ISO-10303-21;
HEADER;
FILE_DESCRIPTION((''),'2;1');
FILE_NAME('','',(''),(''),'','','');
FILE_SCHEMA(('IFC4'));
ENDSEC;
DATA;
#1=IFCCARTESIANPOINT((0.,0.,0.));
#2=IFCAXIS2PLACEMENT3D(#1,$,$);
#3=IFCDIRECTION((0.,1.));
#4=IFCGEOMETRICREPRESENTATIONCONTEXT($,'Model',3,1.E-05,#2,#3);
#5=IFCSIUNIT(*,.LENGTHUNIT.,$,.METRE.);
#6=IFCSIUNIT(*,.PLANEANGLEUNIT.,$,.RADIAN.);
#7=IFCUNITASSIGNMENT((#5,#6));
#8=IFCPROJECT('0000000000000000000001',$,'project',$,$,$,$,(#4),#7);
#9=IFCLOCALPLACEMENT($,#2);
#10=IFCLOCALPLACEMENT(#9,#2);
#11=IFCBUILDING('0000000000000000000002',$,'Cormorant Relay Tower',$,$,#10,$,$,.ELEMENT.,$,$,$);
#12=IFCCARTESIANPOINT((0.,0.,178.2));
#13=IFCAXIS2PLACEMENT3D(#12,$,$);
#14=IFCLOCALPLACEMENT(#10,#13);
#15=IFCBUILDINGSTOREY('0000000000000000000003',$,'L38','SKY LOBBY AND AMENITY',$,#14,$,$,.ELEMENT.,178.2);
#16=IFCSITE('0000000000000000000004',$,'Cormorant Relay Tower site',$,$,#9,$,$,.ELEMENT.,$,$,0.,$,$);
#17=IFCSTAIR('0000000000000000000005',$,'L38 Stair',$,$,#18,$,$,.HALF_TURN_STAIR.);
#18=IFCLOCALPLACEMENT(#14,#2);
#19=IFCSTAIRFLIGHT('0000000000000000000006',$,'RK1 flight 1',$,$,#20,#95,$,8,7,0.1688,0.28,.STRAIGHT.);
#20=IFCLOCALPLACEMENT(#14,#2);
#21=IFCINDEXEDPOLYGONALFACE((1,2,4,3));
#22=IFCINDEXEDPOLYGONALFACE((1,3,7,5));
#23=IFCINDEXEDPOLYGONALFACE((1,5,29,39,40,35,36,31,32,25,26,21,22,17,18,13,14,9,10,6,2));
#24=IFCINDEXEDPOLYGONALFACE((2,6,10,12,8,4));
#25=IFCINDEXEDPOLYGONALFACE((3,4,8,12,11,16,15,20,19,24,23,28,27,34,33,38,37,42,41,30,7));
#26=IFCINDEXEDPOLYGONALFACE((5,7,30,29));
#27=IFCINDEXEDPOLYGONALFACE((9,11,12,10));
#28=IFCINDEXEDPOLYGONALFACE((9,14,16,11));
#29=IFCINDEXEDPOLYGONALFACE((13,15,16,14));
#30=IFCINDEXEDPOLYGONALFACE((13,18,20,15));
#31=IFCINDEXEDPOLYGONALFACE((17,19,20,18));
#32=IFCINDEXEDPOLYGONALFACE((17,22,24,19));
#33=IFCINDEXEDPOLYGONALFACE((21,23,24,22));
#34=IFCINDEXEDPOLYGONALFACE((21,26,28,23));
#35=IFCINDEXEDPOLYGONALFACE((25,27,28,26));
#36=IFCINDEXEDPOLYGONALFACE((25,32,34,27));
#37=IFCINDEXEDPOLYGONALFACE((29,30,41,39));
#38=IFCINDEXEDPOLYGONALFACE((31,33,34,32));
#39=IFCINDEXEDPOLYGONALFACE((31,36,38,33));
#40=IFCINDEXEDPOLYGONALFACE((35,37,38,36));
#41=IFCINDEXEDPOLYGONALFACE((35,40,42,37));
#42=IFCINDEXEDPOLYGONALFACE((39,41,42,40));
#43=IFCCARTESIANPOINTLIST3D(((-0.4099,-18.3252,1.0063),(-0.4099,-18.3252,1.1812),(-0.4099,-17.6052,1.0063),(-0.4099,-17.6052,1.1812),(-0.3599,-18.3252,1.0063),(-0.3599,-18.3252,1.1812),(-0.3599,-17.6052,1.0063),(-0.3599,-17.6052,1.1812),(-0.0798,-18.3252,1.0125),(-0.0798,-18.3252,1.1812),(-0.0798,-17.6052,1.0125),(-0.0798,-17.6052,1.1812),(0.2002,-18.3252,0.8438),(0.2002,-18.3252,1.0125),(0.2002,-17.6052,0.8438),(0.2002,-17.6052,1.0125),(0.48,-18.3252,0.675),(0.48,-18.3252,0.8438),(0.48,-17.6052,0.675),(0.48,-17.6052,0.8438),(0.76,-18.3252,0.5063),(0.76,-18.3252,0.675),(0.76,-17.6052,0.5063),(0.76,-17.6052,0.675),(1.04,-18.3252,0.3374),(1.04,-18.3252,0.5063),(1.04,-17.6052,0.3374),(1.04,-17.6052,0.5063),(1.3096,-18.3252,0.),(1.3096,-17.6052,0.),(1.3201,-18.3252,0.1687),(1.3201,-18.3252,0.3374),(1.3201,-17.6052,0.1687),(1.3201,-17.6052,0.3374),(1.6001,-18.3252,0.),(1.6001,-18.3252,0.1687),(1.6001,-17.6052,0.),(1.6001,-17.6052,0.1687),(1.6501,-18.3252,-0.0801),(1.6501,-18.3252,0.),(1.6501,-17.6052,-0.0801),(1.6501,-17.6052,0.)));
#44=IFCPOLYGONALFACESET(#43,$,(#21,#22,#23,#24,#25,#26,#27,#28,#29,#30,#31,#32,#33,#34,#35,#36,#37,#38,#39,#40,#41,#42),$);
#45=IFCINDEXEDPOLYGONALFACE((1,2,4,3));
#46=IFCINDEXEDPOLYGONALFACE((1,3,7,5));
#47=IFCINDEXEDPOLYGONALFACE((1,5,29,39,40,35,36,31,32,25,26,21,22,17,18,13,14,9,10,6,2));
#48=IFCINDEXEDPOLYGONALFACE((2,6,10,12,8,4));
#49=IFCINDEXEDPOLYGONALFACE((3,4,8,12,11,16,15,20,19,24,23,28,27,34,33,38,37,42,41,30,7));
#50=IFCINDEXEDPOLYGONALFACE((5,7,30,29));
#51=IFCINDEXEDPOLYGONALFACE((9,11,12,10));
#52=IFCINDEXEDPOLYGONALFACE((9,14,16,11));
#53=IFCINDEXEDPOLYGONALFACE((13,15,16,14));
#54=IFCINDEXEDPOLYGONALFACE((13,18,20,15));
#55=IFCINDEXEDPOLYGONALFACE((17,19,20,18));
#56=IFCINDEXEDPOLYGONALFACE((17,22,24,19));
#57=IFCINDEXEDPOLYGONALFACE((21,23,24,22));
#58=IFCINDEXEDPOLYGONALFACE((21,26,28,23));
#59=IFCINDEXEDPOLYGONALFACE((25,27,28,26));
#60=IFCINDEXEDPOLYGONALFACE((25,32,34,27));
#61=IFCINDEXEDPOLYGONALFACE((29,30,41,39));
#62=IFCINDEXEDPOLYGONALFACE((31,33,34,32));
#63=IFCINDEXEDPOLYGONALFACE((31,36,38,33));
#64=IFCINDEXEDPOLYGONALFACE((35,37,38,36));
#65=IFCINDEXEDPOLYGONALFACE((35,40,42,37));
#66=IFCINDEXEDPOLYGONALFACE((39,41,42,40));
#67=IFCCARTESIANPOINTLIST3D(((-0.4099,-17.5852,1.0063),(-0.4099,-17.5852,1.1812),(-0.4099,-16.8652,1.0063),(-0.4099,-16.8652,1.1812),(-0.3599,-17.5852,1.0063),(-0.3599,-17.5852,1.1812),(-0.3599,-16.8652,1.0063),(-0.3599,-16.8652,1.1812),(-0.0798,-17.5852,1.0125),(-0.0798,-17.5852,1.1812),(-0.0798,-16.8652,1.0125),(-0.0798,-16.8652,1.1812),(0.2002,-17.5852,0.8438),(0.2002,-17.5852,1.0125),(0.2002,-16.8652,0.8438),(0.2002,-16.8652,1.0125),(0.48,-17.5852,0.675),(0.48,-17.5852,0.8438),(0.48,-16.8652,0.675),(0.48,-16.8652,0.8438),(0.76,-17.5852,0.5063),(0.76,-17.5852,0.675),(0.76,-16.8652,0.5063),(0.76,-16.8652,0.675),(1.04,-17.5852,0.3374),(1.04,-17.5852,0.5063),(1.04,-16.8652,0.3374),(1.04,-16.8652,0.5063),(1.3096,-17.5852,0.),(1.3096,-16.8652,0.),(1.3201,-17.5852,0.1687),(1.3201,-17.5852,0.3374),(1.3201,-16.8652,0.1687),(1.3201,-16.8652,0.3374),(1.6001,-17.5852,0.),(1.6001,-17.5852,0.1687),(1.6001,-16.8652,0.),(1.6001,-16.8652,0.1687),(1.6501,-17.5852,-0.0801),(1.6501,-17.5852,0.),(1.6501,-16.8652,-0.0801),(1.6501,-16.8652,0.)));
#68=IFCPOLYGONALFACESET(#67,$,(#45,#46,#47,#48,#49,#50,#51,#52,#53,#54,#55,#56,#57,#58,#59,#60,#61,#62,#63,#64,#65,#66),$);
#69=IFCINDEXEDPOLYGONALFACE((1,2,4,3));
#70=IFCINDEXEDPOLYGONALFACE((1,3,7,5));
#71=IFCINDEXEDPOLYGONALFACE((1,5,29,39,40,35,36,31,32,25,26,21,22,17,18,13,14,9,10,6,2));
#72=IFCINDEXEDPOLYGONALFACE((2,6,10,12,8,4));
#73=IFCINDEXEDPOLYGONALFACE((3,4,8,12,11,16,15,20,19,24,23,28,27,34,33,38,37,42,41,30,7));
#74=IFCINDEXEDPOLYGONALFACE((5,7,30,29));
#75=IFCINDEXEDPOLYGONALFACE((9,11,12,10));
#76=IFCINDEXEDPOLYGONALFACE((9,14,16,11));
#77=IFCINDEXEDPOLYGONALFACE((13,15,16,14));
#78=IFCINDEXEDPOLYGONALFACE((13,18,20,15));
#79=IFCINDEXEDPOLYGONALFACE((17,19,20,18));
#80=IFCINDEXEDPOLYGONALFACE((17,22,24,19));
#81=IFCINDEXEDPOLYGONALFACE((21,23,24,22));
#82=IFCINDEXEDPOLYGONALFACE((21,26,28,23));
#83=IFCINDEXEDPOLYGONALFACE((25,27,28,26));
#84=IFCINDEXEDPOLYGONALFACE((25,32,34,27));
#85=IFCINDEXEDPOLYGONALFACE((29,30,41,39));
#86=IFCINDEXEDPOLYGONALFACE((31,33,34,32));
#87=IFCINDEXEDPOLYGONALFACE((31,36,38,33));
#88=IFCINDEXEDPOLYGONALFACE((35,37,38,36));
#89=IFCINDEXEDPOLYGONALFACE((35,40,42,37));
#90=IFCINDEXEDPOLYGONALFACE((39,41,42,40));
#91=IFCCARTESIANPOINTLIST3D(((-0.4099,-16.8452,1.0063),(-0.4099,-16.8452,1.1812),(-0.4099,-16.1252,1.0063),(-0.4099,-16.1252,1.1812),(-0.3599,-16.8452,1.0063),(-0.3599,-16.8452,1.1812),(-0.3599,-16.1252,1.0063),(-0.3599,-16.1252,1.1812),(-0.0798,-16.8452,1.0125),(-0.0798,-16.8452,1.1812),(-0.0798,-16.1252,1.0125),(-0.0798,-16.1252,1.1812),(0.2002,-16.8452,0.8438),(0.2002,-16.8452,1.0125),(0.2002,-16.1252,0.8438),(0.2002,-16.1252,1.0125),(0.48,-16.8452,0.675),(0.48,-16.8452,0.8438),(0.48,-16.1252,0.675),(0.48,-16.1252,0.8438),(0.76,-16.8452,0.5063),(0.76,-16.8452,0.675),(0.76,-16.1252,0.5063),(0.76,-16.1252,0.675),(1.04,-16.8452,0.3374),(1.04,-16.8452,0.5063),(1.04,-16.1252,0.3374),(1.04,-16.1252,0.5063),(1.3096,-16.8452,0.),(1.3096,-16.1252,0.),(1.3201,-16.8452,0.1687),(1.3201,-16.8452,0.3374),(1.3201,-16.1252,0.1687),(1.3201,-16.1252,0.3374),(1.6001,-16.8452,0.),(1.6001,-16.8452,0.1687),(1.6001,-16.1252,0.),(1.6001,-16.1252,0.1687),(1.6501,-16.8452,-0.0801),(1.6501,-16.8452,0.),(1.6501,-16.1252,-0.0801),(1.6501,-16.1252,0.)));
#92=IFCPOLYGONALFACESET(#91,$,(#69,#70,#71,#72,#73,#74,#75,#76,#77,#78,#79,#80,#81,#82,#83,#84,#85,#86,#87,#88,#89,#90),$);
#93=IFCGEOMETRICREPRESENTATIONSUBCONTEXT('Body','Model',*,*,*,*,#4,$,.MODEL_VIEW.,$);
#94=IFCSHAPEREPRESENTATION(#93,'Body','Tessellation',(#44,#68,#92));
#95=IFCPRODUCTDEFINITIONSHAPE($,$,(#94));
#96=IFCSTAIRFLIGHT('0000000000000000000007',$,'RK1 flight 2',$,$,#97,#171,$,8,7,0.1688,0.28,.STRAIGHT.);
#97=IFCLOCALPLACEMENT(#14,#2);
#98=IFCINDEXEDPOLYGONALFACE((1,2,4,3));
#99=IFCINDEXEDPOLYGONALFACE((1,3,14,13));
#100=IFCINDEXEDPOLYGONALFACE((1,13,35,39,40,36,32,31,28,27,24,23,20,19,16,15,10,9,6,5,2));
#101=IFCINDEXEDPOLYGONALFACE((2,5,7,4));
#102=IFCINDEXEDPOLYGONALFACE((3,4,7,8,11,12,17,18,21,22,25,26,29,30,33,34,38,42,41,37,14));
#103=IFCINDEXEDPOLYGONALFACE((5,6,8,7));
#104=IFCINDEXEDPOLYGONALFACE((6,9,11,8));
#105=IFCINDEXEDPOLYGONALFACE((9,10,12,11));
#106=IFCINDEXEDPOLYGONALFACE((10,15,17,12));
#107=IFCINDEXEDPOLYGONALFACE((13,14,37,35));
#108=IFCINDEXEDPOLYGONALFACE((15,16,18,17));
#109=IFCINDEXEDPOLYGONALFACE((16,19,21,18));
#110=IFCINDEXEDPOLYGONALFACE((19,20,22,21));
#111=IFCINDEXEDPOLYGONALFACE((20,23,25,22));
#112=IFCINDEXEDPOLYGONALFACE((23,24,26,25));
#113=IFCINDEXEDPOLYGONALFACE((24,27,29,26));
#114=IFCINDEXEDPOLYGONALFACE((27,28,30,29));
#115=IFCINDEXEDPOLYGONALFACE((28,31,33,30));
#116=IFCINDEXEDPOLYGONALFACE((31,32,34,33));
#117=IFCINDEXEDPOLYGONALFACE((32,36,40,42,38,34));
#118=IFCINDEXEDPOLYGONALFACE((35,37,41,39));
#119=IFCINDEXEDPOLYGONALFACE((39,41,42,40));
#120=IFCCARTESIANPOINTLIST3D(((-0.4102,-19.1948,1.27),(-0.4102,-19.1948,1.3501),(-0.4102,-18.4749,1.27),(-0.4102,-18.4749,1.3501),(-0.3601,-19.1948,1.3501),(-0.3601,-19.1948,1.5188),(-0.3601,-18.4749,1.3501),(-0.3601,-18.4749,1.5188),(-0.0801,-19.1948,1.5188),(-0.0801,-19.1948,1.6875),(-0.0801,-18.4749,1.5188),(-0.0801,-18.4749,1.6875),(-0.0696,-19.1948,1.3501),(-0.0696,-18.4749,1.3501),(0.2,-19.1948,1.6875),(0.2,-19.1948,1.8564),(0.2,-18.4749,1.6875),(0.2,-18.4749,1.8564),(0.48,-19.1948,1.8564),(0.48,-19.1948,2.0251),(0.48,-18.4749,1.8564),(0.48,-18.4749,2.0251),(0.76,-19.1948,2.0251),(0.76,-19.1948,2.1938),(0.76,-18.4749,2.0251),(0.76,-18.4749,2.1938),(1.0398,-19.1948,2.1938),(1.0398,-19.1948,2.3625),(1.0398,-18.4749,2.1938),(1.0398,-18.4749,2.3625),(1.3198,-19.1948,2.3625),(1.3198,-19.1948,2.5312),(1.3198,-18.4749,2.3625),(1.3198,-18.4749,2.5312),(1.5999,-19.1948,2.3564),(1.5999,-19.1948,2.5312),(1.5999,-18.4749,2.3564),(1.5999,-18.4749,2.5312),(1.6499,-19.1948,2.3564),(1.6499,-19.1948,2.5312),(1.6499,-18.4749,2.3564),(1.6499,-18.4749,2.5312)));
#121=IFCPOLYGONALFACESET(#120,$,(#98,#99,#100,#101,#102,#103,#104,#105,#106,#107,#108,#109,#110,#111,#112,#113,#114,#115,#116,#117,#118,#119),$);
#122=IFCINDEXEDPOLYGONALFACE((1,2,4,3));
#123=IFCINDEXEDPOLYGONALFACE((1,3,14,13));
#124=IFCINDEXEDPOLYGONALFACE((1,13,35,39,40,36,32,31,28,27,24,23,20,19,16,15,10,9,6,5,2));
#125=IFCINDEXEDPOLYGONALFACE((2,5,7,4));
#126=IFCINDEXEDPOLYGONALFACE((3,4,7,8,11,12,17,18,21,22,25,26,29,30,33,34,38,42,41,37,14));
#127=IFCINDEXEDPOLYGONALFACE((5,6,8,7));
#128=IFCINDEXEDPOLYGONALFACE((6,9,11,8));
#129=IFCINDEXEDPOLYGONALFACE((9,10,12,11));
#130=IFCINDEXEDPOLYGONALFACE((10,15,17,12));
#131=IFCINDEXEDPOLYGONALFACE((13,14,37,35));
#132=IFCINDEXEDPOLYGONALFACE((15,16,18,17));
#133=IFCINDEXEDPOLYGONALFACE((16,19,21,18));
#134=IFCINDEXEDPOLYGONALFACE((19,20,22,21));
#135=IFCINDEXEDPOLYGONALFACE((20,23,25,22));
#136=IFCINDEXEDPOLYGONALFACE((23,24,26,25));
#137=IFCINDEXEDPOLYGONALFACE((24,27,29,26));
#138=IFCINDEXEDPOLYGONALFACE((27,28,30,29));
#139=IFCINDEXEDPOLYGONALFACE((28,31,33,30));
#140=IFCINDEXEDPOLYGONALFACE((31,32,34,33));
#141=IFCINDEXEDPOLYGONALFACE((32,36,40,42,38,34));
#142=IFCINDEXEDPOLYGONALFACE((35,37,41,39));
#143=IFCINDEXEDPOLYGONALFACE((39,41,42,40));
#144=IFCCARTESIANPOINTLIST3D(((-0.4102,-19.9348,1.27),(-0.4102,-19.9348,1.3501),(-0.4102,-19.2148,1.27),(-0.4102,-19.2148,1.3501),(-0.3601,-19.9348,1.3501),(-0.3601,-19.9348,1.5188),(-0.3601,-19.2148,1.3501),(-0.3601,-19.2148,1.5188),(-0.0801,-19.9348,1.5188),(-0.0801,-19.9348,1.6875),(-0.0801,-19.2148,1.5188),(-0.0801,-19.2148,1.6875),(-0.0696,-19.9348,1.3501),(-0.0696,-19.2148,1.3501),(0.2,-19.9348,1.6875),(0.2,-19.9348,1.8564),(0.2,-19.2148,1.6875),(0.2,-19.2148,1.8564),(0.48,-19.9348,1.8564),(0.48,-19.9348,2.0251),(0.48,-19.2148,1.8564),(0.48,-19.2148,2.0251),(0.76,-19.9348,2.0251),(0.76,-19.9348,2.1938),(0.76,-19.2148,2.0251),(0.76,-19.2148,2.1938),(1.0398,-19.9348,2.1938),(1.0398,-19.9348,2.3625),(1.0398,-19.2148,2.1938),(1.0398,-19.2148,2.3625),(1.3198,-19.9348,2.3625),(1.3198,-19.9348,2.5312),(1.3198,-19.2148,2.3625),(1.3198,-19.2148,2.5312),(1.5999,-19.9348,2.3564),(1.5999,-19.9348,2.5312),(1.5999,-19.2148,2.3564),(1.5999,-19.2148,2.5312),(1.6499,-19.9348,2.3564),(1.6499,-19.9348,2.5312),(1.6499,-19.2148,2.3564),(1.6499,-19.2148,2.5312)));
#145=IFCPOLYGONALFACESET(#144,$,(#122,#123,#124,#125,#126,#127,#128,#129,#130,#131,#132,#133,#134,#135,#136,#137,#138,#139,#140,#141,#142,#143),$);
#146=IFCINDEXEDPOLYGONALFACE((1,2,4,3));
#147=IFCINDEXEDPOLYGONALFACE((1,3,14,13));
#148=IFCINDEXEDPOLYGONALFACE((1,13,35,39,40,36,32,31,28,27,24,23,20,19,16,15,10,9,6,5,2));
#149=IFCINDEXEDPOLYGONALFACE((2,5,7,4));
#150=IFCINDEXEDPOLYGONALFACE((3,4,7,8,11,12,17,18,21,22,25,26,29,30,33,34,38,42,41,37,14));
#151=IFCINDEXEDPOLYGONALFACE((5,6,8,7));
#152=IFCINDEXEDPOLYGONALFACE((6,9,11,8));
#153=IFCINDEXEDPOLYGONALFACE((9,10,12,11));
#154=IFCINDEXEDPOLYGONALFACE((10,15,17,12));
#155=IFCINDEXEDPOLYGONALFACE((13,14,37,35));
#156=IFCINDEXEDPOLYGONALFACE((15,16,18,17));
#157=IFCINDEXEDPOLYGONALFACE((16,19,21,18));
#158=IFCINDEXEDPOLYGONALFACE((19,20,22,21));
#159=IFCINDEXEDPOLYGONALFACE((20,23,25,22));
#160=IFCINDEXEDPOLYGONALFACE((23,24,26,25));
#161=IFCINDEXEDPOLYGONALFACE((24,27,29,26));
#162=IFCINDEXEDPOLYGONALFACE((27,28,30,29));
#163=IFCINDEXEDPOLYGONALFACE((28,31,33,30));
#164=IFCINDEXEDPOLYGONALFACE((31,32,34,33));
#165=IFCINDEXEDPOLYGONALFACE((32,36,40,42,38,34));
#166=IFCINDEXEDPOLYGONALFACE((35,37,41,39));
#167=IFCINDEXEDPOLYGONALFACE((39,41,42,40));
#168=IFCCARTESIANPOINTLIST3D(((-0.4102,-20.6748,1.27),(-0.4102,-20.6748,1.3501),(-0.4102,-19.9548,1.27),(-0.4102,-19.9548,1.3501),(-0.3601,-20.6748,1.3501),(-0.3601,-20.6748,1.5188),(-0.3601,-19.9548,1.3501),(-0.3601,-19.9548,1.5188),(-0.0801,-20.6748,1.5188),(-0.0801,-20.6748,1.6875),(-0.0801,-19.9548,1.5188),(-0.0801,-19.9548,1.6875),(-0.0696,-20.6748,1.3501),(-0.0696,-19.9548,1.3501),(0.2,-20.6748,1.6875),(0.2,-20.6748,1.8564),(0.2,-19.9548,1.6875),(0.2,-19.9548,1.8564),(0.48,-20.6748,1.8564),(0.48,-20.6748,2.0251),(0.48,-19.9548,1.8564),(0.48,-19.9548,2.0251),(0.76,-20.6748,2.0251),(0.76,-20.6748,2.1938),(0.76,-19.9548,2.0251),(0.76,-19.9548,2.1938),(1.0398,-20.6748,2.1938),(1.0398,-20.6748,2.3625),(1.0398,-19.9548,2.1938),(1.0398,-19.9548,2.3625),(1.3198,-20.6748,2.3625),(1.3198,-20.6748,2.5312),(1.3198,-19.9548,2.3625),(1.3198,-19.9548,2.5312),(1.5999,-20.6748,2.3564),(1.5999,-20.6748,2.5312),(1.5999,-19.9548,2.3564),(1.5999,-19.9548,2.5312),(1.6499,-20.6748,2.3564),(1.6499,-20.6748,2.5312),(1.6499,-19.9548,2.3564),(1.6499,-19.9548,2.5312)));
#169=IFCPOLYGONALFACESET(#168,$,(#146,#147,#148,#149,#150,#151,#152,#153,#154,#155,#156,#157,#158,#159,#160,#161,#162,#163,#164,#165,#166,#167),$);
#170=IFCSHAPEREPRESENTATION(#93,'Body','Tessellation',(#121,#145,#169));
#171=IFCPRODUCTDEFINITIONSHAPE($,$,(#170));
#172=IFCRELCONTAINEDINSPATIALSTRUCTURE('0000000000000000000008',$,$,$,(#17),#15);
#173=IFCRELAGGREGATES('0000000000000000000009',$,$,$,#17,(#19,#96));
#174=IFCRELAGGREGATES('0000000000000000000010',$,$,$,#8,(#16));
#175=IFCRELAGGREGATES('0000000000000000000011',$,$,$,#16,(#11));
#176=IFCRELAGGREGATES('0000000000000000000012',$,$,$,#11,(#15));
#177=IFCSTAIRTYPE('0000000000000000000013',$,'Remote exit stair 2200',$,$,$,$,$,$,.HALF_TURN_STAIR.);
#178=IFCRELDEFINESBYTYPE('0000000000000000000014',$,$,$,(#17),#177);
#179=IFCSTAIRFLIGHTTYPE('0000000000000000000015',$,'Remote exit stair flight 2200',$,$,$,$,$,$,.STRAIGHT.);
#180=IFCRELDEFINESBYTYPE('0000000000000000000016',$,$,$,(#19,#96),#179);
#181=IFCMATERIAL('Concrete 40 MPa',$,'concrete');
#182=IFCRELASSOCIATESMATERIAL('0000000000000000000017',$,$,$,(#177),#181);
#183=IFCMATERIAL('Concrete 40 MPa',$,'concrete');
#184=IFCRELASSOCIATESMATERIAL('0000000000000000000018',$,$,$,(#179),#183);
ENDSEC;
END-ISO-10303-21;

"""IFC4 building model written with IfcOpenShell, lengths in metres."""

from ifc_helpers import new_model, si_unit, direction, frame, origin, place, context, subcontext, project, spatial, polyline, outline, extrude, material, type_object, element, aggregate, save


model = new_model("IFC4")

# Units and contexts
model_context = context("Model", 3, precision=1e-05, world=origin(), true_north=direction((0.0, 1.0)))
body_context = subcontext(model_context, "Body", "Model", "MODEL_VIEW")
ifc_project = project(units=[si_unit("LENGTHUNIT", "METRE"), si_unit("PLANEANGLEUNIT", "RADIAN")], contexts=[model_context])

# Site, building, storey
site_placement = place(None, origin())
site = spatial("IfcSite", under=ifc_project, at=site_placement, Name="Cormorant Relay Tower site", CompositionType="ELEMENT", RefElevation=0.0)
building_placement = place(site_placement, origin())
building = spatial("IfcBuilding", under=site, at=building_placement, Name="Cormorant Relay Tower", CompositionType="ELEMENT")
storey_placement = place(building_placement, frame((0.0, 0.0, 178.2)))
storey = spatial("IfcBuildingStorey", under=building, at=storey_placement, Name="L38", Description="SKY LOBBY AND AMENITY", CompositionType="ELEMENT", Elevation=178.2)

# Stair, stair flights
ifc_material_1 = material(Name="Concrete 40 MPa", Category="concrete")
stair_type = type_object("IfcStairType", Name="Remote exit stair 2200", PredefinedType="HALF_TURN_STAIR", material=ifc_material_1)
stair_placement = place(storey_placement, origin())
stair = element("IfcStair", 1, at=stair_placement, inside=storey, type_object=stair_type, Name="L38 Stair", PredefinedType="HALF_TURN_STAIR")
ifc_material_2 = material(Name="Concrete 40 MPa", Category="concrete")
stair_flight_type = type_object("IfcStairFlightType", Name="Remote exit stair flight 2200", PredefinedType="STRAIGHT", material=ifc_material_2)
stair_flight_1_placement = place(storey_placement, frame((1.6001, -17.2251, 0.0), z_axis=(0.0, 0.0, 1.0), x_axis=(-1.0, 0.0, 0.0)))
stair_flight_1 = element("IfcStairFlight", 2, at=stair_flight_1_placement, type_object=stair_flight_type, Name="RK1 flight 1", NumberOfRisers=8, NumberOfTreads=7, PredefinedType="STRAIGHT", RiserHeight=0.1688, TreadLength=0.28, context=body_context, shape_type="SweptSolid", body=[
    extrude(outline(polyline([(-0.05, -0.0801), (-0.05, 0.0), (0.0, 0.0), (0.0, 0.1687), (0.28, 0.1687), (0.28, 0.3374), (0.5601, 0.3374), (0.5601, 0.5063), (0.8401, 0.5063), (0.8401, 0.675), (1.1201, 0.675), (1.1201, 0.8438), (1.3999, 0.8438), (1.3999, 1.0125), (1.6799, 1.0125), (1.6799, 1.1812), (1.96, 1.1812), (2.01, 1.1812), (2.01, 1.0063), (1.96, 1.0063), (0.2905, 0.0), (-0.05, -0.0801)])), frame((0.0, 1.1001, 0.0), z_axis=(0.0, -1.0, 0.0), x_axis=(1.0, 0.0, 0.0)), (0.0, 0.0, 1.0), 0.72),
    extrude(outline(polyline([(-0.05, -0.0801), (-0.05, 0.0), (0.0, 0.0), (0.0, 0.1687), (0.28, 0.1687), (0.28, 0.3374), (0.5601, 0.3374), (0.5601, 0.5063), (0.8401, 0.5063), (0.8401, 0.675), (1.1201, 0.675), (1.1201, 0.8438), (1.3999, 0.8438), (1.3999, 1.0125), (1.6799, 1.0125), (1.6799, 1.1812), (1.96, 1.1812), (2.01, 1.1812), (2.01, 1.0063), (1.96, 1.0063), (0.2905, 0.0), (-0.05, -0.0801)])), frame((0.0, 0.3601, 0.0), z_axis=(0.0, -1.0, 0.0), x_axis=(1.0, 0.0, 0.0)), (0.0, 0.0, 1.0), 0.72),
    extrude(outline(polyline([(-0.05, -0.0801), (-0.05, 0.0), (0.0, 0.0), (0.0, 0.1687), (0.28, 0.1687), (0.28, 0.3374), (0.5601, 0.3374), (0.5601, 0.5063), (0.8401, 0.5063), (0.8401, 0.675), (1.1201, 0.675), (1.1201, 0.8438), (1.3999, 0.8438), (1.3999, 1.0125), (1.6799, 1.0125), (1.6799, 1.1812), (1.96, 1.1812), (2.01, 1.1812), (2.01, 1.0063), (1.96, 1.0063), (0.2905, 0.0), (-0.05, -0.0801)])), frame((0.0, -0.3799, 0.0), z_axis=(0.0, -1.0, 0.0), x_axis=(1.0, 0.0, 0.0)), (0.0, 0.0, 1.0), 0.72),
])
stair_flight_2_placement = place(storey_placement, frame((-0.3601, -19.575, 1.3501), z_axis=(0.0, 0.0, 1.0), x_axis=(1.0, 0.0, 0.0)))
stair_flight_2 = element("IfcStairFlight", 3, at=stair_flight_2_placement, type_object=stair_flight_type, Name="RK1 flight 2", NumberOfRisers=8, NumberOfTreads=7, PredefinedType="STRAIGHT", RiserHeight=0.1688, TreadLength=0.28, context=body_context, shape_type="SweptSolid", body=[
    extrude(outline(polyline([(-0.05, -0.0801), (-0.05, 0.0), (0.0, 0.0), (0.0, 0.1687), (0.28, 0.1687), (0.28, 0.3374), (0.5601, 0.3374), (0.5601, 0.5063), (0.8401, 0.5063), (0.8401, 0.675), (1.1201, 0.675), (1.1201, 0.8438), (1.3999, 0.8438), (1.3999, 1.0125), (1.6799, 1.0125), (1.6799, 1.1812), (1.96, 1.1812), (2.01, 1.1812), (2.01, 1.0063), (1.96, 1.0063), (0.2905, 0.0), (-0.05, -0.0801)])), frame((0.0, 1.1001, 0.0), z_axis=(0.0, -1.0, 0.0), x_axis=(1.0, 0.0, 0.0)), (0.0, 0.0, 1.0), 0.72),
    extrude(outline(polyline([(-0.05, -0.0801), (-0.05, 0.0), (0.0, 0.0), (0.0, 0.1687), (0.28, 0.1687), (0.28, 0.3374), (0.5601, 0.3374), (0.5601, 0.5063), (0.8401, 0.5063), (0.8401, 0.675), (1.1201, 0.675), (1.1201, 0.8438), (1.3999, 0.8438), (1.3999, 1.0125), (1.6799, 1.0125), (1.6799, 1.1812), (1.96, 1.1812), (2.01, 1.1812), (2.01, 1.0063), (1.96, 1.0063), (0.2905, 0.0), (-0.05, -0.0801)])), frame((0.0, 0.3601, 0.0), z_axis=(0.0, -1.0, 0.0), x_axis=(1.0, 0.0, 0.0)), (0.0, 0.0, 1.0), 0.72),
    extrude(outline(polyline([(-0.05, -0.0801), (-0.05, 0.0), (0.0, 0.0), (0.0, 0.1687), (0.28, 0.1687), (0.28, 0.3374), (0.5601, 0.3374), (0.5601, 0.5063), (0.8401, 0.5063), (0.8401, 0.675), (1.1201, 0.675), (1.1201, 0.8438), (1.3999, 0.8438), (1.3999, 1.0125), (1.6799, 1.0125), (1.6799, 1.1812), (1.96, 1.1812), (2.01, 1.1812), (2.01, 1.0063), (1.96, 1.0063), (0.2905, 0.0), (-0.05, -0.0801)])), frame((0.0, -0.3799, 0.0), z_axis=(0.0, -1.0, 0.0), x_axis=(1.0, 0.0, 0.0)), (0.0, 0.0, 1.0), 0.72),
])
aggregate(stair, [stair_flight_1, stair_flight_2])

save(model, "model.ifc")
